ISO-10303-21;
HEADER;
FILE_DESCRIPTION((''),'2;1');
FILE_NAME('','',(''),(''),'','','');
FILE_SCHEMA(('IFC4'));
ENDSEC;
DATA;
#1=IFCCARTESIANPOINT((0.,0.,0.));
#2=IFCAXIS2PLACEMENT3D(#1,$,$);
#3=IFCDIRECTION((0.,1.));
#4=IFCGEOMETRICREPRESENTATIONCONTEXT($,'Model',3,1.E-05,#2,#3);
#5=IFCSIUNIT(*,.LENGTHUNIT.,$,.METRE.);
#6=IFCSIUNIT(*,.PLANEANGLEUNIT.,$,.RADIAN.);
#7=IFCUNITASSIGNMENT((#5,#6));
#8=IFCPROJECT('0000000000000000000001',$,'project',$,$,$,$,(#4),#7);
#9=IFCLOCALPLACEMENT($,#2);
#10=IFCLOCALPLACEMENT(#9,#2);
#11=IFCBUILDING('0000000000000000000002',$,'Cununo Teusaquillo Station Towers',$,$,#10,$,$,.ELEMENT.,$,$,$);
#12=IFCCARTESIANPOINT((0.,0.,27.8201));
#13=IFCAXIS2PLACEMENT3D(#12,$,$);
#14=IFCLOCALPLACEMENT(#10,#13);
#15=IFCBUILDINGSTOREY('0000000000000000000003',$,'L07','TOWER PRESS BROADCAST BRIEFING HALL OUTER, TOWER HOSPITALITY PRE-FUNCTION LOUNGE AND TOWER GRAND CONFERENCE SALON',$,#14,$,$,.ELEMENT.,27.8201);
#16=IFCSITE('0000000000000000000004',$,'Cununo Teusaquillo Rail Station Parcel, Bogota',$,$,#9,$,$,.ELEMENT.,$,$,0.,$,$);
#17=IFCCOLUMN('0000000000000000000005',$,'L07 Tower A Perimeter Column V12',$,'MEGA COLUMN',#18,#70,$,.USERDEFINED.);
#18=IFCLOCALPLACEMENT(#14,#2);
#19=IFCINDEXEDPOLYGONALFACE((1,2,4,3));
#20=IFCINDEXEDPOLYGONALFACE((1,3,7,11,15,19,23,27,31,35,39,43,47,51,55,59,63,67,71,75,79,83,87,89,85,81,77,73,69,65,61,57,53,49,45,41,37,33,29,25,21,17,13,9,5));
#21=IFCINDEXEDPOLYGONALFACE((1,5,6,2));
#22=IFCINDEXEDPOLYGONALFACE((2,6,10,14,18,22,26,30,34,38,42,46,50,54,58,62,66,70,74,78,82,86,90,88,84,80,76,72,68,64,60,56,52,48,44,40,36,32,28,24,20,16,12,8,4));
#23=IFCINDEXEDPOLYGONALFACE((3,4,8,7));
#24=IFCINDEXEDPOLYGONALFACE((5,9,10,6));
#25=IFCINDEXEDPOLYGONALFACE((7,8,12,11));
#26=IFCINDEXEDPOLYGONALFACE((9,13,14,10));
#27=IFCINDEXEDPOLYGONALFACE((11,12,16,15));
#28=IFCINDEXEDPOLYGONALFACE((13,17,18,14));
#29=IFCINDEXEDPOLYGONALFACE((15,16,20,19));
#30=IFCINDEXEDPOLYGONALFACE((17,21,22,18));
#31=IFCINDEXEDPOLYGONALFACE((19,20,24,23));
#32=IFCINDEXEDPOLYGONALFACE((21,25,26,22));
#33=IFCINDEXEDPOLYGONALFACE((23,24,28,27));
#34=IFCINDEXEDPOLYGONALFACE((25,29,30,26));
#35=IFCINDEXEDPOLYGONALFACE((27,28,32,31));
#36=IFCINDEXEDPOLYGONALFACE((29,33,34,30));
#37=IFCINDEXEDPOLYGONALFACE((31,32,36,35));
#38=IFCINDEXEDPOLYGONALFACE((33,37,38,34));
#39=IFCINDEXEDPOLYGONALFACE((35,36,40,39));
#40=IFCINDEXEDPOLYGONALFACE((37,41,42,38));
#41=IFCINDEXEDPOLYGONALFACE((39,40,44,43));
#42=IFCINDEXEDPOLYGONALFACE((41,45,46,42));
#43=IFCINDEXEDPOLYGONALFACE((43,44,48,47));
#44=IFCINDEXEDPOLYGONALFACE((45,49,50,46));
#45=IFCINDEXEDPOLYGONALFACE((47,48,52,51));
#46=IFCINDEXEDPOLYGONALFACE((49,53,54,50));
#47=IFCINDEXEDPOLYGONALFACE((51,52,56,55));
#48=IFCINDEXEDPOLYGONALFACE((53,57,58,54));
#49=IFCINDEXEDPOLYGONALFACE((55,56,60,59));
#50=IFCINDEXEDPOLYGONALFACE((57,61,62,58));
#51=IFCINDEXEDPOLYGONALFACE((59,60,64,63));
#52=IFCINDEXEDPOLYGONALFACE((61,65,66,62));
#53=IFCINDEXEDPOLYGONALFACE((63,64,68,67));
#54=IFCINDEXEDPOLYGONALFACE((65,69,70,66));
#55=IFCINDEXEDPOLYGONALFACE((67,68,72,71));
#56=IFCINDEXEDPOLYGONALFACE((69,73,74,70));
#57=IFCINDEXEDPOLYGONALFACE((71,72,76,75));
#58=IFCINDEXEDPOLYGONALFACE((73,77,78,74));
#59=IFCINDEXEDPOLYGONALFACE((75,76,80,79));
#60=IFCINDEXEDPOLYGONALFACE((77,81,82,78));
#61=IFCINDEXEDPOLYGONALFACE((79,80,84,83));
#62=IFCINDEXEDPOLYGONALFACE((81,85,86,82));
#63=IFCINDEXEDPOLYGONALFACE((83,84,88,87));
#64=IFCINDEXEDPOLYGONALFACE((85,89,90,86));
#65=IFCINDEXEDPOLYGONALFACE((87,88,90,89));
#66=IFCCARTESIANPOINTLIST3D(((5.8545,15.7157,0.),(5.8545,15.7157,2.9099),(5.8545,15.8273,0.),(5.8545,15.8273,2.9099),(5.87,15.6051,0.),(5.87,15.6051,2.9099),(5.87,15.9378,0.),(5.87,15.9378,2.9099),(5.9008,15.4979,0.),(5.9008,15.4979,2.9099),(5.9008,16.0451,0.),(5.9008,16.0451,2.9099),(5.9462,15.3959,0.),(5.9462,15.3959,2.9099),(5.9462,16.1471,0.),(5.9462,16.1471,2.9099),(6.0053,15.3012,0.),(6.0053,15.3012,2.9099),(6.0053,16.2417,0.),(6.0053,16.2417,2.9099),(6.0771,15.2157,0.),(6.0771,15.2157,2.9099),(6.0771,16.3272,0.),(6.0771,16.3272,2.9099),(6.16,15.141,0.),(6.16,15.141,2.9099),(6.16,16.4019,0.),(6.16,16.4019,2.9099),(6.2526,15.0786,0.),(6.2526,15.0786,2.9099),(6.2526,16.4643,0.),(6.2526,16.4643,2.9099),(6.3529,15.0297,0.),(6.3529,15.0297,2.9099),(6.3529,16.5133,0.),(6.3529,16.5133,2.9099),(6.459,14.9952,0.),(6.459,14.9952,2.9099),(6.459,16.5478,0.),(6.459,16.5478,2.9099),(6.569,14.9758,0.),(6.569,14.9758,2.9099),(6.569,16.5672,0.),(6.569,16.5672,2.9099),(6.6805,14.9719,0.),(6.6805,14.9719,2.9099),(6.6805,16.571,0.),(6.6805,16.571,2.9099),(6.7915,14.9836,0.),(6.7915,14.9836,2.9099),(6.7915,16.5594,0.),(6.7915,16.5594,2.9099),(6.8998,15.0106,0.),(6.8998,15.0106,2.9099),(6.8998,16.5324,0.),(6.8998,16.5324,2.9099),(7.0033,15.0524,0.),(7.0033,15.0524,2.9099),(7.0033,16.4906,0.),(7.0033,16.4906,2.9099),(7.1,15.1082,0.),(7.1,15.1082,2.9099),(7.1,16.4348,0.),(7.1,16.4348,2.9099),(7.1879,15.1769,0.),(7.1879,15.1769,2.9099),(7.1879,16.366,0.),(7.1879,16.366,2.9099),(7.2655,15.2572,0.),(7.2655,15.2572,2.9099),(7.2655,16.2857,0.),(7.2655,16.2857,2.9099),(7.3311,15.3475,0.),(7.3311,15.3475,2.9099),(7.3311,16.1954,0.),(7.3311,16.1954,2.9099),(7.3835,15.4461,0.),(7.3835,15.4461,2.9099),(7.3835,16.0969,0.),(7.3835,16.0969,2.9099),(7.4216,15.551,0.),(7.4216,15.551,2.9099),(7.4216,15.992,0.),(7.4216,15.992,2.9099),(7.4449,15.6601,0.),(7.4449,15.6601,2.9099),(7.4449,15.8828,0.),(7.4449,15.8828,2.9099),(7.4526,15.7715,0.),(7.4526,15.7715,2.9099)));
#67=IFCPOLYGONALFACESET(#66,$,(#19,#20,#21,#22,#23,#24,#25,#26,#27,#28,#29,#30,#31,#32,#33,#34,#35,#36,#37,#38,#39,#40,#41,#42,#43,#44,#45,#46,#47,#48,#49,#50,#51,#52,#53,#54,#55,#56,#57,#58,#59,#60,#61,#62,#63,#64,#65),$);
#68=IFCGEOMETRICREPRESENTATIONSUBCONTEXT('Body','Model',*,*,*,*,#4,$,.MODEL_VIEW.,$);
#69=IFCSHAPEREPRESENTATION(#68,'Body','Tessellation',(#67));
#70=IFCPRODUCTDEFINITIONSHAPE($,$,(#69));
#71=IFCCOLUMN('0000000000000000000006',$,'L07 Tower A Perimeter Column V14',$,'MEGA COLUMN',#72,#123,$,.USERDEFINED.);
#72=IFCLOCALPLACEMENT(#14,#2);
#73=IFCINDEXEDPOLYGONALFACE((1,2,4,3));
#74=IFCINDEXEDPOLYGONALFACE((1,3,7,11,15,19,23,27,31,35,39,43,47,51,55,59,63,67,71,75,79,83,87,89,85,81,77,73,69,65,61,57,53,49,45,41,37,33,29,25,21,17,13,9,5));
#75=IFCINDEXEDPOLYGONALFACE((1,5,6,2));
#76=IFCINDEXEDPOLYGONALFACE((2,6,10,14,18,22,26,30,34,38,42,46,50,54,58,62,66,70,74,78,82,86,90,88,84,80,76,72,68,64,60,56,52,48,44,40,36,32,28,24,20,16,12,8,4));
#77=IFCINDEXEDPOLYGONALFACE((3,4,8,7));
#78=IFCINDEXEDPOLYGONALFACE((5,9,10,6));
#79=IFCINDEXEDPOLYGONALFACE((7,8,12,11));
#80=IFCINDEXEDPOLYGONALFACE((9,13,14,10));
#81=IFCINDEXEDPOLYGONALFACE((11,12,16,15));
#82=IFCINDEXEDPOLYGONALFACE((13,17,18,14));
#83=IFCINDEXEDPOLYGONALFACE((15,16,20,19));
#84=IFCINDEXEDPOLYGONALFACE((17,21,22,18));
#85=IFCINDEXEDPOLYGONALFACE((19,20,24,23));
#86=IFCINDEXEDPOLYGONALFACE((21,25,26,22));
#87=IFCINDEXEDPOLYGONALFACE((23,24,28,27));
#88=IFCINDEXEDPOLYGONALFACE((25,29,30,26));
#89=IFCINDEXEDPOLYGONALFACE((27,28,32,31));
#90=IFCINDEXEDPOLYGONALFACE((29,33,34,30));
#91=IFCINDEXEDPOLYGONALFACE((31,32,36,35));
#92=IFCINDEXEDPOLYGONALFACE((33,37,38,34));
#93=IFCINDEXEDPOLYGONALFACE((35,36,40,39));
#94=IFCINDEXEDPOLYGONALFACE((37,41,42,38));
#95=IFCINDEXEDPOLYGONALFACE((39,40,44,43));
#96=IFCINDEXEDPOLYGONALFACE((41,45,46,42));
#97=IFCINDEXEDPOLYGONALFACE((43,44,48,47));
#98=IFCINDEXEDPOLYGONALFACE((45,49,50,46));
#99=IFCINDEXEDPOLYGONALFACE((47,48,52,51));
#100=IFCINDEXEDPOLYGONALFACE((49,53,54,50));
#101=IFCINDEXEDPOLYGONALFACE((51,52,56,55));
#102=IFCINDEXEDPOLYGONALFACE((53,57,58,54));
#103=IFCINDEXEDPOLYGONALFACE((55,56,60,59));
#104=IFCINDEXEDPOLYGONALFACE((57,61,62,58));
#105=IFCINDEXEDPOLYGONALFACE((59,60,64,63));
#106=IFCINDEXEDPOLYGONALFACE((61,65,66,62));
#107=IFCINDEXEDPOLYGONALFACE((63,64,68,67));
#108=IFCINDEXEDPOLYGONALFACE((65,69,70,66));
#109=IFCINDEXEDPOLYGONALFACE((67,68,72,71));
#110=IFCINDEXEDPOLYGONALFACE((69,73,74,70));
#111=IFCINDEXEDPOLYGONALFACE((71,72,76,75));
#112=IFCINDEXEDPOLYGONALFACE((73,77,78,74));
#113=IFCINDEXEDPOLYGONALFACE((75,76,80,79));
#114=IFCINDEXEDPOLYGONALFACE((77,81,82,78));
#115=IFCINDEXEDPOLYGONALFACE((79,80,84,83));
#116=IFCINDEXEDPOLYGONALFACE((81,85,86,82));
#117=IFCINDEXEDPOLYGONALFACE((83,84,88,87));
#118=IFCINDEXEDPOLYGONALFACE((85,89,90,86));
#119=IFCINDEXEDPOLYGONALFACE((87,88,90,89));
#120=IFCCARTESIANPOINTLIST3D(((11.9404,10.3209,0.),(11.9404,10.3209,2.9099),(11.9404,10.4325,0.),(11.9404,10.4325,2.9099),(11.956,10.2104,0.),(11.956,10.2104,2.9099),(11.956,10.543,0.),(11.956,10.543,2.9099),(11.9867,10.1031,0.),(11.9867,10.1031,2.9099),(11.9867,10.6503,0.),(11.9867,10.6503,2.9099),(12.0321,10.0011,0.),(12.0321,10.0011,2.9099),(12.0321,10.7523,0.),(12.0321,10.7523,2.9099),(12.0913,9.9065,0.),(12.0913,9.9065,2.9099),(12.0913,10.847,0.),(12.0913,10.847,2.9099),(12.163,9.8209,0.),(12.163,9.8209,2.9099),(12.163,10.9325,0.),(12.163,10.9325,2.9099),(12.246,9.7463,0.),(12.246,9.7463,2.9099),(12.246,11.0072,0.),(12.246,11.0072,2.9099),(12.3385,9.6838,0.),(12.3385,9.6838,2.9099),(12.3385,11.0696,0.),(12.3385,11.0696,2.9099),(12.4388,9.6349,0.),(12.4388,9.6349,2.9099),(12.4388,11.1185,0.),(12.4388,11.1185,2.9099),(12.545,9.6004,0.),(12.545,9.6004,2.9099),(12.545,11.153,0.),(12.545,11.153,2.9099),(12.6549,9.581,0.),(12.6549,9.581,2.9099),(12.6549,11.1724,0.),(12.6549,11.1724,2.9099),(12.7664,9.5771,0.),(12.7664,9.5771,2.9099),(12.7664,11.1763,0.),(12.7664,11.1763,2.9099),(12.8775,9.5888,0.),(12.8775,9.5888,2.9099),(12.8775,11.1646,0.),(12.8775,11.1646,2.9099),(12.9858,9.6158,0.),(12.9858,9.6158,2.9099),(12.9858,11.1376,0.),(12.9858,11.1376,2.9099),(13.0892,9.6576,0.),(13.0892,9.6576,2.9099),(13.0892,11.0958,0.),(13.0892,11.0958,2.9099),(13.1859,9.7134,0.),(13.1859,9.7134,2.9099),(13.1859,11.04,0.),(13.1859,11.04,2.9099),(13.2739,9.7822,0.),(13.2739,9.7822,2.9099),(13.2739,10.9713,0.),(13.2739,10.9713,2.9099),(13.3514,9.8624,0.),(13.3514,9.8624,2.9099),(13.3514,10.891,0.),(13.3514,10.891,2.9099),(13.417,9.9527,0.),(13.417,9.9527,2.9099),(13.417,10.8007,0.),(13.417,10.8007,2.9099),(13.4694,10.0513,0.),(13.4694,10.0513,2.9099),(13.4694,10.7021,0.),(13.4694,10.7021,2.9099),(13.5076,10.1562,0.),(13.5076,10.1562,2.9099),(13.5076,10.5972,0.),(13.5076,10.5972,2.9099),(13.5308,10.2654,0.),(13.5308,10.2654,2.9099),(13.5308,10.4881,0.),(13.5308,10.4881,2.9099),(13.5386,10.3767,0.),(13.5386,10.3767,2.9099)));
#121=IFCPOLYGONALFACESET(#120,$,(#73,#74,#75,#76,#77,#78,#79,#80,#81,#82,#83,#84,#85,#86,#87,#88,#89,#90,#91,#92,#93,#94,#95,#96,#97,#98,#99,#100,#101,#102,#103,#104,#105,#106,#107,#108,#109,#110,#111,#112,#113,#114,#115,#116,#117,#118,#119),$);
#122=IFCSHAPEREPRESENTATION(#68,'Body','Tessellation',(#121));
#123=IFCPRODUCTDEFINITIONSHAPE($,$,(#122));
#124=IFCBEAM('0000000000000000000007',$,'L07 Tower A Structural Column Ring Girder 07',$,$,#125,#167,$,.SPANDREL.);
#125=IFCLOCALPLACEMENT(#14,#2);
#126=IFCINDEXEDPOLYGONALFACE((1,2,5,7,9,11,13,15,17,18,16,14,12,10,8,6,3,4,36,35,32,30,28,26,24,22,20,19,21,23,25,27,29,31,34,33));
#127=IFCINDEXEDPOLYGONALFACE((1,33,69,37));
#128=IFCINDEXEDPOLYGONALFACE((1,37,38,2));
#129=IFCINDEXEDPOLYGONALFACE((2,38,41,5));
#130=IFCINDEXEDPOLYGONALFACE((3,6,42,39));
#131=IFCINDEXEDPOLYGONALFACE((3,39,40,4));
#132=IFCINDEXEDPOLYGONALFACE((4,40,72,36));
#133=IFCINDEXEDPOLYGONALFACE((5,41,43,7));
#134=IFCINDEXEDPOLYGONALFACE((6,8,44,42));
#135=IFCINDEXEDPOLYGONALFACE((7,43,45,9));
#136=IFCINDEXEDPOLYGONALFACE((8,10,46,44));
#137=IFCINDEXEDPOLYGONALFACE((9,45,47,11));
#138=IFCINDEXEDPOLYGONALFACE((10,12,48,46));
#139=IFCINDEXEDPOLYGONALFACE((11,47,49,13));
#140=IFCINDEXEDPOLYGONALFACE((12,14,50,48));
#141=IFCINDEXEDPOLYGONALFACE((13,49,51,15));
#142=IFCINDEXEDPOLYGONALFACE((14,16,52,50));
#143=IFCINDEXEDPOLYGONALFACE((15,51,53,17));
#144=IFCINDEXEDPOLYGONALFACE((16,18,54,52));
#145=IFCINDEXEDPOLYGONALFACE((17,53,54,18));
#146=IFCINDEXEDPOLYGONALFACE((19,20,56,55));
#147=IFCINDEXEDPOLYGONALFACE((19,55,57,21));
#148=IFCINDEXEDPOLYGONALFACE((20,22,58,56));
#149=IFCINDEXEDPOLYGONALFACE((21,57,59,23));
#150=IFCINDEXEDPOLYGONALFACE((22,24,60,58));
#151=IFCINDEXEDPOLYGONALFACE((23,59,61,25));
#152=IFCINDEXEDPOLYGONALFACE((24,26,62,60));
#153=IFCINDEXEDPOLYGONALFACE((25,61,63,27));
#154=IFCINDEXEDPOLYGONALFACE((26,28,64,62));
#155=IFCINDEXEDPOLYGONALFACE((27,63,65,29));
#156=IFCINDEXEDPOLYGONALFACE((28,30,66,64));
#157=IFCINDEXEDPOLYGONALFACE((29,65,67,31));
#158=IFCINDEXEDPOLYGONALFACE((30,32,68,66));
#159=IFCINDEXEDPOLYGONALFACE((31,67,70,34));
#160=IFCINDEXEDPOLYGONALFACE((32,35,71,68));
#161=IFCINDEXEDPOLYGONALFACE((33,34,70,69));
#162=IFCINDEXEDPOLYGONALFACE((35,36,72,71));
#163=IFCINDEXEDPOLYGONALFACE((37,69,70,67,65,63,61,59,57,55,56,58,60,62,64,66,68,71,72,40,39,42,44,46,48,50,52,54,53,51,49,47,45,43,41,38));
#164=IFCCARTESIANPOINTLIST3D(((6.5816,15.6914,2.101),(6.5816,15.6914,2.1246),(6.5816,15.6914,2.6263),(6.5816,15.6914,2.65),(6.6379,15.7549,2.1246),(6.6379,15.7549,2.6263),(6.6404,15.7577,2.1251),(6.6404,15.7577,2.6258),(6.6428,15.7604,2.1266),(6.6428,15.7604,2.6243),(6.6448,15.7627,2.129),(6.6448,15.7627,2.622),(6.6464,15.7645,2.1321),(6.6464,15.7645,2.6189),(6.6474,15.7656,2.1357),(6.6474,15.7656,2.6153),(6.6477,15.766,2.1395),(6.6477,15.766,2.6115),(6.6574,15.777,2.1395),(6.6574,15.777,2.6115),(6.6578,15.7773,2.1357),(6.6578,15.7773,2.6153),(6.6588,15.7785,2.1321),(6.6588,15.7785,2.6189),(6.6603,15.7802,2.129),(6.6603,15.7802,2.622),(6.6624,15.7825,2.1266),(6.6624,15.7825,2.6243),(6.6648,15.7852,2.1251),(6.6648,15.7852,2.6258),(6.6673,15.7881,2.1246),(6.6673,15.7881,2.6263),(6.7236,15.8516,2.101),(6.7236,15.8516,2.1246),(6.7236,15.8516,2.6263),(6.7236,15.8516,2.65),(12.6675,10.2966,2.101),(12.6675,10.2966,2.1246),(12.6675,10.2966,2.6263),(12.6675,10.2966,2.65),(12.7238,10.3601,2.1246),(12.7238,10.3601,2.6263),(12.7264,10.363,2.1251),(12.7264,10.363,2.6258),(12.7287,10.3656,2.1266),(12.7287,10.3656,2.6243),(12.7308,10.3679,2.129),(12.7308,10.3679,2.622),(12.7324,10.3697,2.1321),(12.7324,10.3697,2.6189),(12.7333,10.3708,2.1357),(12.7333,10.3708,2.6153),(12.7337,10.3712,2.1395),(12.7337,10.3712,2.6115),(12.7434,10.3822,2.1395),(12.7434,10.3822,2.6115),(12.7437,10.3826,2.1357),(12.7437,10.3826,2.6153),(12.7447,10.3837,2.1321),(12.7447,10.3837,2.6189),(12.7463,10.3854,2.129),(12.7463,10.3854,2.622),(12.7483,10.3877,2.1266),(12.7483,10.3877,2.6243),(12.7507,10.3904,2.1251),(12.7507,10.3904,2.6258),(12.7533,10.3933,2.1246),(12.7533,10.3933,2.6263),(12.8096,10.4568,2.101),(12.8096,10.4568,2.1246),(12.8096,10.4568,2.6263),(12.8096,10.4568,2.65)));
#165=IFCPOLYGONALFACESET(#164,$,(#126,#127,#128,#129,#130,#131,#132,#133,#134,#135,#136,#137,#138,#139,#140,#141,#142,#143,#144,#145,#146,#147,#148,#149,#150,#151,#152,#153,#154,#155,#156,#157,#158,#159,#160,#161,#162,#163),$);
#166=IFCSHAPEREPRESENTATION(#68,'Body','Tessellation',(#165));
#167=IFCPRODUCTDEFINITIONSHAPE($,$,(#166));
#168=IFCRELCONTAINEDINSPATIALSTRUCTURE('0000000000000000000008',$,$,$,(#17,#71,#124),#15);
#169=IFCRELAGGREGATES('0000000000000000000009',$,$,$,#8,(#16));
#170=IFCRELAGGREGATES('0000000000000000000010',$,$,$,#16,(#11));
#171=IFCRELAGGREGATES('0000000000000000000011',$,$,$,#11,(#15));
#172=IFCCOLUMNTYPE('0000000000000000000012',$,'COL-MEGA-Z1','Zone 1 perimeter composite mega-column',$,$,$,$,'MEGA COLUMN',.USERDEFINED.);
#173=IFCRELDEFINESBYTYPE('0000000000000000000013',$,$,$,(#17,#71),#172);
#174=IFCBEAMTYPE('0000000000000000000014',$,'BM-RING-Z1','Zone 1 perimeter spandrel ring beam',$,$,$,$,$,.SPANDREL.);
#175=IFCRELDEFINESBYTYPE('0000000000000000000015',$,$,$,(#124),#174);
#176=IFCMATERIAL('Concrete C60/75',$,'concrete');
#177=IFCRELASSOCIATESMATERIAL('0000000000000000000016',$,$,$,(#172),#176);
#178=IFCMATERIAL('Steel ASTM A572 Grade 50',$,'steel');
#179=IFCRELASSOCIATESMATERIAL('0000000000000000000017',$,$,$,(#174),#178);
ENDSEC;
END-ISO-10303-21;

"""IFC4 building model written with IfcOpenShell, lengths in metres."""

from ifc_helpers import new_model, si_unit, direction, frame, origin, origin_2d, place, context, subcontext, project, spatial, circle, i_section, extrude, material, material_profile, profile_set, type_object, element, save


model = new_model("IFC4")

# Units and contexts
model_context = context("Model", 3, precision=1e-05, world=origin(), true_north=direction((0.0, 1.0)))
body_context = subcontext(model_context, "Body", "Model", "MODEL_VIEW")
ifc_project = project(units=[si_unit("LENGTHUNIT", "METRE"), si_unit("PLANEANGLEUNIT", "RADIAN")], contexts=[model_context])

# Site, building, storey
site_placement = place(None, origin())
site = spatial("IfcSite", under=ifc_project, at=site_placement, Name="Cununo Teusaquillo Rail Station Parcel, Bogota", CompositionType="ELEMENT", RefElevation=0.0)
building_placement = place(site_placement, origin())
building = spatial("IfcBuilding", under=site, at=building_placement, Name="Cununo Teusaquillo Station Towers", CompositionType="ELEMENT")
storey_placement = place(building_placement, frame((0.0, 0.0, 27.8201)))
storey = spatial("IfcBuildingStorey", under=building, at=storey_placement, Name="L07", Description="TOWER PRESS BROADCAST BRIEFING HALL OUTER, TOWER HOSPITALITY PRE-FUNCTION LOUNGE AND TOWER GRAND CONFERENCE SALON", CompositionType="ELEMENT", Elevation=27.8201)

# Columns
ifc_material_1 = material(Name="Concrete C60/75", Category="concrete")
ifc_material_profile_1 = material_profile(ifc_material_1, circle(Radius=0.8, at=origin_2d()), Name="RC-CIRC-1600")
ifc_profile_set_1 = profile_set([ifc_material_profile_1], Name="Concrete C60/75")
column_type = type_object("IfcColumnType", Name="COL-MEGA-Z1", Description="Zone 1 perimeter composite mega-column", ElementType="MEGA COLUMN", PredefinedType="USERDEFINED", material=ifc_profile_set_1)
for number, where, z_axis, x_axis, name in (
    (1, (6.6526, 15.7715, 0.0), (0.0, 0.0, 1.0), (1.0, 0.0, 0.0), "L07 Tower A Perimeter Column V12"),
    (2, (12.7385, 10.3767, 0.0), (0.0, 0.0, 1.0), (1.0, 0.0, 0.0), "L07 Tower A Perimeter Column V14"),
):
    element("IfcColumn", number, at=place(storey_placement, frame(where, z_axis=z_axis, x_axis=x_axis)), inside=storey, type_object=column_type, Name=name, ObjectType="MEGA COLUMN", PredefinedType="USERDEFINED", context=body_context, shape_type="SweptSolid", body=[
        extrude(circle(Radius=0.8, at=origin_2d()), origin(), (0.0, 0.0, 1.0), 2.9099),
    ])

# Beam
ifc_material_2 = material(Name="Steel ASTM A572 Grade 50", Category="steel")
ifc_material_profile_2 = material_profile(ifc_material_2, i_section(OverallWidth=0.2141, OverallDepth=0.5491, WebThickness=0.0146, FlangeThickness=0.0237, FilletRadius=0.0149, at=origin_2d()), Name="W21X93")
ifc_profile_set_2 = profile_set([ifc_material_profile_2], Name="Steel ASTM A572 Grade 50")
beam_type_1 = type_object("IfcBeamType", Name="BM-RING-Z1", Description="Zone 1 perimeter spandrel ring beam", PredefinedType="SPANDREL", material=ifc_profile_set_2)
beam_1_placement = place(storey_placement, frame((6.6526, 15.7715, 2.3755), z_axis=(0.748321, -0.663337, 0.0), x_axis=(0.663337, 0.748321, 0.0)))
element("IfcBeam", 3, at=beam_1_placement, inside=storey, type_object=beam_type_1, Name="L07 Tower A Structural Column Ring Girder 07", PredefinedType="SPANDREL", context=body_context, shape_type="SweptSolid", body=[
    extrude(i_section(OverallWidth=0.2141, OverallDepth=0.5491, WebThickness=0.0146, FlangeThickness=0.0237, FilletRadius=0.0149, at=origin_2d()), origin(), (0.0, 0.0, 1.0), 8.1328),
])

save(model, "model.ifc")
